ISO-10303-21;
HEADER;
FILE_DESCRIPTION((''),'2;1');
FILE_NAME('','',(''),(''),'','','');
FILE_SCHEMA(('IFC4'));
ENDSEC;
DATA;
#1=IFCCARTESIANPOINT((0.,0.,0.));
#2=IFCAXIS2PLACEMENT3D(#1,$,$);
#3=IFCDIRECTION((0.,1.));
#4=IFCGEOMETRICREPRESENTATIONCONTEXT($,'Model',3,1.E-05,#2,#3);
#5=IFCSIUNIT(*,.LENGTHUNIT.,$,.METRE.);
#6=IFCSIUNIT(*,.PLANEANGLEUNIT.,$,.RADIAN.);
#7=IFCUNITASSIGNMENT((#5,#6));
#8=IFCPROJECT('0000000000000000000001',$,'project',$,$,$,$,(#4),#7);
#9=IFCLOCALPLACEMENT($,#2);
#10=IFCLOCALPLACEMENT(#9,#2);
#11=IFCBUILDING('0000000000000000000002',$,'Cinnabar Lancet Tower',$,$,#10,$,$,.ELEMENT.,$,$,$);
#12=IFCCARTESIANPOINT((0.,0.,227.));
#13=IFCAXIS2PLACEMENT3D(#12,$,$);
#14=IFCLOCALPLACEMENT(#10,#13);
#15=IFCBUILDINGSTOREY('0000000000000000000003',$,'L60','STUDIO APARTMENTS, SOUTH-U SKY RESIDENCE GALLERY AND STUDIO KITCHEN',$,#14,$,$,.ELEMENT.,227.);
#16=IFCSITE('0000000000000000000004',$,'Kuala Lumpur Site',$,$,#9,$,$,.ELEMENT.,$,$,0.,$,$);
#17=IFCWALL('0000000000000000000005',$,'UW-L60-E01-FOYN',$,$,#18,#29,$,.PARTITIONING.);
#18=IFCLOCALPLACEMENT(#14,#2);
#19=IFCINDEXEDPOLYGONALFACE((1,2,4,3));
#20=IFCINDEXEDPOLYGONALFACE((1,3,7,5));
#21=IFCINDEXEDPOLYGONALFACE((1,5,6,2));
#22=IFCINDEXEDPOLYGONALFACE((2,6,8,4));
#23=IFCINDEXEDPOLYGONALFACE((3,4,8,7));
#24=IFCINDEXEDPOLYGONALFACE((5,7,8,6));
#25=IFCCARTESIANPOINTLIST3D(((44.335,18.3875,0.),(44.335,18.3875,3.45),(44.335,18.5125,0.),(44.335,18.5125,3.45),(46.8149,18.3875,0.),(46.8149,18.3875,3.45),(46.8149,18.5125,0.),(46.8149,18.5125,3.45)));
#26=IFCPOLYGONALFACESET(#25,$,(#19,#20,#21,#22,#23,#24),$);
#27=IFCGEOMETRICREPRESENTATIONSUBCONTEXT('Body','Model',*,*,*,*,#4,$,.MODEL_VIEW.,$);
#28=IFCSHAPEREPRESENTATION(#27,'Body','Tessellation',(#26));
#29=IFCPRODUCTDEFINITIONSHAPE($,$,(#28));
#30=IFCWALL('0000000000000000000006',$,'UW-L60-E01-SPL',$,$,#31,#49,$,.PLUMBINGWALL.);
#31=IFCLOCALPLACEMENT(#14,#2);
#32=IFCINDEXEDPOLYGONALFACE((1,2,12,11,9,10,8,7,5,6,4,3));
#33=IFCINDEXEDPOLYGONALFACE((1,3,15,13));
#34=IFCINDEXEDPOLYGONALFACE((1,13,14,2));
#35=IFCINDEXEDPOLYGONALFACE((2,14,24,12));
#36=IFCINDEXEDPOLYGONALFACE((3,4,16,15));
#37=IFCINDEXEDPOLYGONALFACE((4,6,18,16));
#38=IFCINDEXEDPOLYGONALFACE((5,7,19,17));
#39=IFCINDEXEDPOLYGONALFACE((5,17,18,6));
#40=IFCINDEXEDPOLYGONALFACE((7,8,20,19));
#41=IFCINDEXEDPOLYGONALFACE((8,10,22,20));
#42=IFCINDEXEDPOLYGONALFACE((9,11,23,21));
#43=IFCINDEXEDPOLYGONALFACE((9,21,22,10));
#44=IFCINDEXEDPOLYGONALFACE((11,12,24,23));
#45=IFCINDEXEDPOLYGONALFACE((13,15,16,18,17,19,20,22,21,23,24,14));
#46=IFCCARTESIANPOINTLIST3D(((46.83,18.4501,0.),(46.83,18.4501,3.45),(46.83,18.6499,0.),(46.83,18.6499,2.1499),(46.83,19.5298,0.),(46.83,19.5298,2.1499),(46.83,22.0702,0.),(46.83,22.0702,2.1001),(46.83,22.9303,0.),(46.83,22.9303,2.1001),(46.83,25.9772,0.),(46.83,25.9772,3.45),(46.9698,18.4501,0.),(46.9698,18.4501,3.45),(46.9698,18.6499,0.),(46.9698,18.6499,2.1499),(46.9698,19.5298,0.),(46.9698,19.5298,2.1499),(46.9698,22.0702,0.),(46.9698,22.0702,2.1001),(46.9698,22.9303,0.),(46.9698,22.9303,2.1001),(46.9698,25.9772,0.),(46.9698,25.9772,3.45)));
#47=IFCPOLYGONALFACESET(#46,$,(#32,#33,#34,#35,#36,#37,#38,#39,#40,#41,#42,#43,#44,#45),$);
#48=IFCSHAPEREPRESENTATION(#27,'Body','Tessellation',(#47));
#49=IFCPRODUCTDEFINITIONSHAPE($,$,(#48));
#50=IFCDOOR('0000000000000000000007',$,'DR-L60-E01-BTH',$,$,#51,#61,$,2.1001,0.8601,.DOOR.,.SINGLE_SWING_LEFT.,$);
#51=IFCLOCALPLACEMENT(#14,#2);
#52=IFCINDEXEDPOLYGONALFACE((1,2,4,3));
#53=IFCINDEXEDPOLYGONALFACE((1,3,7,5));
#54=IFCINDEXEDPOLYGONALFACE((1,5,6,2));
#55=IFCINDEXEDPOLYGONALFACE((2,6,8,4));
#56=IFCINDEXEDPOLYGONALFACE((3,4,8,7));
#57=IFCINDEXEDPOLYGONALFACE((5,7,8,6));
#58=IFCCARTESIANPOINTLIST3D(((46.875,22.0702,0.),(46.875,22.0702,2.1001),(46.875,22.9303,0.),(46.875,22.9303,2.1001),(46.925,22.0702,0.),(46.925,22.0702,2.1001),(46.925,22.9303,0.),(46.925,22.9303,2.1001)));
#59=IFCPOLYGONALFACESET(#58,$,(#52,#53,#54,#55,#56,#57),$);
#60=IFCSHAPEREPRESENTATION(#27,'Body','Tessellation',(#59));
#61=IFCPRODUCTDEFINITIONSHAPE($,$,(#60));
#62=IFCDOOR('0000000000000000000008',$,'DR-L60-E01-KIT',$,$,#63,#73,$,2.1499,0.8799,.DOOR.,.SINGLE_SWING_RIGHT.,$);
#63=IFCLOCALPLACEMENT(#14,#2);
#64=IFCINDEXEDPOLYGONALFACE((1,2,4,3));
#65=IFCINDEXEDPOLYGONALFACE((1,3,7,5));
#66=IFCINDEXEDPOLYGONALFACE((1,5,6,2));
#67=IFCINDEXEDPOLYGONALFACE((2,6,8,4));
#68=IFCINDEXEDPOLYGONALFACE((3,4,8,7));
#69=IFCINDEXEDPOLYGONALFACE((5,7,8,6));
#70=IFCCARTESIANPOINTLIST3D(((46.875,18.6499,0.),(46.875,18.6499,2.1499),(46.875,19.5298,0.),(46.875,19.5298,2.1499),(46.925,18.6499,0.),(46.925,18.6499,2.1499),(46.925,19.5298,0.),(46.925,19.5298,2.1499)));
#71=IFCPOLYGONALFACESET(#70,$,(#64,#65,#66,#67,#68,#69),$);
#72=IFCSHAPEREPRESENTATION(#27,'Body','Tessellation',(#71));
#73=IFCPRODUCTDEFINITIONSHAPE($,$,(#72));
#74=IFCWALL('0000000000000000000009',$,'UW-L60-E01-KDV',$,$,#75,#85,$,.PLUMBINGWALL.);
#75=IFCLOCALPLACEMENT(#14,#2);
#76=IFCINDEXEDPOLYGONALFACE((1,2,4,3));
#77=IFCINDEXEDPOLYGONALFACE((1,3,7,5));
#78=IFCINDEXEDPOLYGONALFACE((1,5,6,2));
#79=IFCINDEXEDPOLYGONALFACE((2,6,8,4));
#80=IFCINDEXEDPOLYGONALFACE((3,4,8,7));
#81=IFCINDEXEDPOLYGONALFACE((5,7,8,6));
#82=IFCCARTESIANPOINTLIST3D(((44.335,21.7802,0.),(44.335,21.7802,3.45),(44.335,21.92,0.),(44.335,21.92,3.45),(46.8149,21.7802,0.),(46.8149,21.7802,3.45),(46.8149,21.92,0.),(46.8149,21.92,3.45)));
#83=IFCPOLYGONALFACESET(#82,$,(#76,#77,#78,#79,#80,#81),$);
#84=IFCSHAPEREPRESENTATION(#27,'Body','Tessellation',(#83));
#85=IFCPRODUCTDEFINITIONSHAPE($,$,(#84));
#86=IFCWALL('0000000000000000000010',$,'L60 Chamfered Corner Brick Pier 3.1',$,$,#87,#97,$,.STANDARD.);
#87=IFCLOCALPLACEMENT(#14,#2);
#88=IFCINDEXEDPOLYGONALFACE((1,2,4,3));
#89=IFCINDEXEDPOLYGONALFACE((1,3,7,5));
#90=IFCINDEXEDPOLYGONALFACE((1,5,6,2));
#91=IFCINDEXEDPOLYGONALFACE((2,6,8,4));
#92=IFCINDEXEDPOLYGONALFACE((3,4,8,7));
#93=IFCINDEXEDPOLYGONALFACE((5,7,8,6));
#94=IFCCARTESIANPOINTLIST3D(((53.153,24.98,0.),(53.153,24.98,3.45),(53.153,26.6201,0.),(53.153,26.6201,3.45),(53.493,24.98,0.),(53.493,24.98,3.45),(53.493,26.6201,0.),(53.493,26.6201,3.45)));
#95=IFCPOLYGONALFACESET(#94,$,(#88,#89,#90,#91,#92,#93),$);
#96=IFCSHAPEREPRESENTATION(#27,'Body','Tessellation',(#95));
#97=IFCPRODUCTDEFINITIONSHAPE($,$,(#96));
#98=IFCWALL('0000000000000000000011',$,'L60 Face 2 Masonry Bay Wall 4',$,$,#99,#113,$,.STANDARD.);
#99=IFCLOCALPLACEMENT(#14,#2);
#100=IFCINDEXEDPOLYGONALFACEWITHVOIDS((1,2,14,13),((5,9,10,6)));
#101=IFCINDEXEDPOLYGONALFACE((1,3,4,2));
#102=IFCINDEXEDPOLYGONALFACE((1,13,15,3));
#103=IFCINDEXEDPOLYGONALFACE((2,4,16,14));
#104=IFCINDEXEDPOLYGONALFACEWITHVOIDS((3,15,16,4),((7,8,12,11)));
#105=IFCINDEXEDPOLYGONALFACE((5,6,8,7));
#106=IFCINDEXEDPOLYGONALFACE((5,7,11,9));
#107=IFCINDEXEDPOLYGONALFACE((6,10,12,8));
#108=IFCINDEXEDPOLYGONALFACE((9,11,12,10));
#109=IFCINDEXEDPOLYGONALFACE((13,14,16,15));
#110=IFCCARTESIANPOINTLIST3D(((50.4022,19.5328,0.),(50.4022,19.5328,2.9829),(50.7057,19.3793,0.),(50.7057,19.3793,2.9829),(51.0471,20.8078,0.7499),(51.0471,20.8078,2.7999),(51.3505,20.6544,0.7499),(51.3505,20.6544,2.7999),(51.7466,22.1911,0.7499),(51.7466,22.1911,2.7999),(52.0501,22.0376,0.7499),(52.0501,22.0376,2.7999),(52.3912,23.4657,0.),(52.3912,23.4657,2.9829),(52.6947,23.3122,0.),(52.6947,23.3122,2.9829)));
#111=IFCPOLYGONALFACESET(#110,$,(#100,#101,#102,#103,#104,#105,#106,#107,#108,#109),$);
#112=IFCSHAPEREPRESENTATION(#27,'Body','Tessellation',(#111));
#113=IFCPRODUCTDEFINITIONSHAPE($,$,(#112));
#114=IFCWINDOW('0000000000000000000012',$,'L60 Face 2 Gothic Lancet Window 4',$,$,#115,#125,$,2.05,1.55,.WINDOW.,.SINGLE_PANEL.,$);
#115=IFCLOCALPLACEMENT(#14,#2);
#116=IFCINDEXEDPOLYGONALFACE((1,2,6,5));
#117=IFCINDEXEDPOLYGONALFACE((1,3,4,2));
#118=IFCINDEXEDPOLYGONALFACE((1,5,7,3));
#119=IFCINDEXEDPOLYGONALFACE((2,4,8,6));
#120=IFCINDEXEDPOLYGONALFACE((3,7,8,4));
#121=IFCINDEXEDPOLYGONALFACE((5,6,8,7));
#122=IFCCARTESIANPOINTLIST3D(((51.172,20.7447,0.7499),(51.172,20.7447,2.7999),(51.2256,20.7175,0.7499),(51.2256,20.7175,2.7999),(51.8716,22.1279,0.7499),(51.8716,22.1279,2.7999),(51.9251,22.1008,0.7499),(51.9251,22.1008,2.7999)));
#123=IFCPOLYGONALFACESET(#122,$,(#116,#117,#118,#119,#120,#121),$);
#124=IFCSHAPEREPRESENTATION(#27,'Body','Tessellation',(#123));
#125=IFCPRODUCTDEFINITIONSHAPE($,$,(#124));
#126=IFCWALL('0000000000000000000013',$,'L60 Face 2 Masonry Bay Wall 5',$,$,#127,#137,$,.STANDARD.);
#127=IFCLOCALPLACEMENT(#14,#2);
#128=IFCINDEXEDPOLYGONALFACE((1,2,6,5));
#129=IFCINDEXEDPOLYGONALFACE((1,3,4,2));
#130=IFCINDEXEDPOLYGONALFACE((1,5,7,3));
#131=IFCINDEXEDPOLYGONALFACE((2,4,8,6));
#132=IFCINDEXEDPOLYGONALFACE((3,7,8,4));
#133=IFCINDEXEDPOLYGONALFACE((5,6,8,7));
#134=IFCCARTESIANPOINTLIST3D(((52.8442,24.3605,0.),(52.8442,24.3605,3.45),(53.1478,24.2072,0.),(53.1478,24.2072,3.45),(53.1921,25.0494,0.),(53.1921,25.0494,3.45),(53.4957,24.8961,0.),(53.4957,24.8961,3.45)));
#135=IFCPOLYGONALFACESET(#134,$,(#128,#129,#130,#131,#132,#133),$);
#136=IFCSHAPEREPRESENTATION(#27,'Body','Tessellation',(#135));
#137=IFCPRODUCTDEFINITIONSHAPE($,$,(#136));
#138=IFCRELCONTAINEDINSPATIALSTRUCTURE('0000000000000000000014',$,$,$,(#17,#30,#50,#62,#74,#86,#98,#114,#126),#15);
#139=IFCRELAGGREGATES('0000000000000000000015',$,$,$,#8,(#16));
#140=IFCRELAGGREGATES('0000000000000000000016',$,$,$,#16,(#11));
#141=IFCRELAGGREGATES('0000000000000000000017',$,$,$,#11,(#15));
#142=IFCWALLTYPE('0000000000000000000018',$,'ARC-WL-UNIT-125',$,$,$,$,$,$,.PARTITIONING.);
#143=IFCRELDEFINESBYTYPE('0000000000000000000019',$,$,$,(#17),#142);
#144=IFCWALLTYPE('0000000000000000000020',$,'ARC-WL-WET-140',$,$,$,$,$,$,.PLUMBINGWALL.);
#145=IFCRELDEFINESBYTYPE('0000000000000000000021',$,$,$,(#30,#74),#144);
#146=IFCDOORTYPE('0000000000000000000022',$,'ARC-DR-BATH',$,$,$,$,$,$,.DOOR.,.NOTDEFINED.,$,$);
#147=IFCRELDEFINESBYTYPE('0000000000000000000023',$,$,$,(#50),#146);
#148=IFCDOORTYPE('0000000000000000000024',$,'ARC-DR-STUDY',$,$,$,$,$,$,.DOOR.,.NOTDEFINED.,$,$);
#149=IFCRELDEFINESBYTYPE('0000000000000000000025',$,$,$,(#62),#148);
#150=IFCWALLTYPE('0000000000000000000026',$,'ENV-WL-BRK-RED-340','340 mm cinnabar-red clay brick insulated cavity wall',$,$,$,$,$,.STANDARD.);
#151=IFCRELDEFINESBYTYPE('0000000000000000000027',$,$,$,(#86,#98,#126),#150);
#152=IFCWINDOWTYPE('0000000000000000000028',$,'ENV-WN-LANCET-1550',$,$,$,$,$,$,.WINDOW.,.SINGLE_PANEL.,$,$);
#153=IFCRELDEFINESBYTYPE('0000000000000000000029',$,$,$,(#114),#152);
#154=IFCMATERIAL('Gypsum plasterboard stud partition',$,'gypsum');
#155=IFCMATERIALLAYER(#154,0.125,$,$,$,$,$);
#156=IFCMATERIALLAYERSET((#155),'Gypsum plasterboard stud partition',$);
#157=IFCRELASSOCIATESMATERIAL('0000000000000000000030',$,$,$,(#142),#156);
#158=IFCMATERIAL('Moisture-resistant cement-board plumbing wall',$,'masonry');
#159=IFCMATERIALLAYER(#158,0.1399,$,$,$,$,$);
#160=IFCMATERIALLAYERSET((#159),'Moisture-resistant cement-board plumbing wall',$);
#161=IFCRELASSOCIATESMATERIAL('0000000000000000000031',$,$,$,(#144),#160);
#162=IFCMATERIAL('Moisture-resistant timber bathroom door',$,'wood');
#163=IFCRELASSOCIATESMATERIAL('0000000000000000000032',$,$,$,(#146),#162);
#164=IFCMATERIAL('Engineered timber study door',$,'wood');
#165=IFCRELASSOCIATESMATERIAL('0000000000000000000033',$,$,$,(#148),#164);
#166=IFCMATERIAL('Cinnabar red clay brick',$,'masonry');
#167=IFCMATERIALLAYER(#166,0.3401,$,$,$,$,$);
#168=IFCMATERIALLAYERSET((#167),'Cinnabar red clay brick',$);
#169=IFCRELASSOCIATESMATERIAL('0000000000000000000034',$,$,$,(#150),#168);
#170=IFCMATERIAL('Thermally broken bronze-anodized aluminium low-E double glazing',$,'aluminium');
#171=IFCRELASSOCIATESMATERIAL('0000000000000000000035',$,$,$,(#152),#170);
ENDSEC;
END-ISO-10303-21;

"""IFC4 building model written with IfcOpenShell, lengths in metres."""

from ifc_helpers import new_model, si_unit, direction, frame, frame_2d, origin, place, context, subcontext, project, spatial, rectangle, extrude, material, layer, layer_set, type_object, element, fill, save


model = new_model("IFC4")

# Units and contexts
model_context = context("Model", 3, precision=1e-05, world=origin(), true_north=direction((0.0, 1.0)))
body_context = subcontext(model_context, "Body", "Model", "MODEL_VIEW")
ifc_project = project(units=[si_unit("LENGTHUNIT", "METRE"), si_unit("PLANEANGLEUNIT", "RADIAN")], contexts=[model_context])

# Site, building, storey
site_placement = place(None, origin())
site = spatial("IfcSite", under=ifc_project, at=site_placement, Name="Kuala Lumpur Site", CompositionType="ELEMENT", RefElevation=0.0)
building_placement = place(site_placement, origin())
building = spatial("IfcBuilding", under=site, at=building_placement, Name="Cinnabar Lancet Tower", CompositionType="ELEMENT")
storey_placement = place(building_placement, frame((0.0, 0.0, 227.0)))
storey = spatial("IfcBuildingStorey", under=building, at=storey_placement, Name="L60", Description="STUDIO APARTMENTS, SOUTH-U SKY RESIDENCE GALLERY AND STUDIO KITCHEN", CompositionType="ELEMENT", Elevation=227.0)

# Wall
ifc_material_1 = material(Name="Gypsum plasterboard stud partition", Category="gypsum")
ifc_layer_1 = layer(ifc_material_1, 0.125)
ifc_layer_set_1 = layer_set([ifc_layer_1], Name="Gypsum plasterboard stud partition")
wall_type_1 = type_object("IfcWallType", Name="ARC-WL-UNIT-125", PredefinedType="PARTITIONING", material=ifc_layer_set_1)
wall_1_placement = place(storey_placement, frame((44.335, 18.45, 0.0), z_axis=(0.0, 0.0, 1.0), x_axis=(1.0, 0.0, 0.0)))
element("IfcWall", 1, at=wall_1_placement, inside=storey, type_object=wall_type_1, Name="UW-L60-E01-FOYN", PredefinedType="PARTITIONING", context=body_context, shape_type="SweptSolid", body=[
    extrude(rectangle(XDim=2.48, YDim=0.125, at=frame_2d((1.24, 0.0))), origin(), (0.0, 0.0, 1.0), 3.45),
])

# Wall, openings, doors
ifc_material_2 = material(Name="Moisture-resistant cement-board plumbing wall", Category="masonry")
ifc_layer_2 = layer(ifc_material_2, 0.1399)
ifc_layer_set_2 = layer_set([ifc_layer_2], Name="Moisture-resistant cement-board plumbing wall")
wall_type_2 = type_object("IfcWallType", Name="ARC-WL-WET-140", PredefinedType="PLUMBINGWALL", material=ifc_layer_set_2)
wall_2_placement = place(storey_placement, frame((46.8999, 18.45, 0.0), z_axis=(0.0, 0.0, 1.0), x_axis=(0.0, 1.0, 0.0)))
wall_2 = element("IfcWall", 2, at=wall_2_placement, inside=storey, type_object=wall_type_2, Name="UW-L60-E01-SPL", PredefinedType="PLUMBINGWALL", context=body_context, shape_type="SweptSolid", body=[
    extrude(rectangle(XDim=7.5271, YDim=0.1399, at=frame_2d((3.7637, 0.0))), origin(), (0.0, 0.0, 1.0), 3.45),
])
opening_1_placement = place(wall_2_placement, frame((3.6201, 0.0, 0.0)))
opening_1 = element("IfcOpeningElement", 3, at=opening_1_placement, cuts=wall_2, PredefinedType="OPENING", context=body_context, shape_type="SweptSolid", body=[
    extrude(rectangle(XDim=0.8601, YDim=2.1001, at=frame_2d((0.4302, 1.05))), frame((0.0, 0.0798, 0.0), z_axis=(0.0, -1.0, 0.0), x_axis=(1.0, 0.0, 0.0)), (0.0, 0.0, 1.0), 0.1599),
])
opening_2_placement = place(wall_2_placement, frame((0.2, 0.0, 0.0)))
opening_2 = element("IfcOpeningElement", 4, at=opening_2_placement, cuts=wall_2, PredefinedType="OPENING", context=body_context, shape_type="SweptSolid", body=[
    extrude(rectangle(XDim=0.8799, YDim=2.1499, at=frame_2d((0.4399, 1.075))), frame((0.0, 0.0798, 0.0), z_axis=(0.0, -1.0, 0.0), x_axis=(1.0, 0.0, 0.0)), (0.0, 0.0, 1.0), 0.1599),
])
ifc_material_3 = material(Name="Moisture-resistant timber bathroom door", Category="wood")
door_type_1 = type_object("IfcDoorType", Name="ARC-DR-BATH", OperationType="NOTDEFINED", PredefinedType="DOOR", material=ifc_material_3)
door_1_placement = place(opening_1_placement, origin())
door_1 = element("IfcDoor", 5, at=door_1_placement, inside=storey, type_object=door_type_1, Name="DR-L60-E01-BTH", OperationType="SINGLE_SWING_LEFT", OverallHeight=2.1001, OverallWidth=0.8601, PredefinedType="DOOR", context=body_context, shape_type="SweptSolid", body=[
    extrude(rectangle(XDim=0.8601, YDim=2.1001, at=frame_2d((0.4302, 1.05))), frame((0.0, 0.0249, 0.0), z_axis=(0.0, -1.0, 0.0), x_axis=(1.0, 0.0, 0.0)), (0.0, 0.0, 1.0), 0.05),
])
fill(opening_1, door_1)
ifc_material_4 = material(Name="Engineered timber study door", Category="wood")
door_type_2 = type_object("IfcDoorType", Name="ARC-DR-STUDY", OperationType="NOTDEFINED", PredefinedType="DOOR", material=ifc_material_4)
door_2_placement = place(opening_2_placement, origin())
door_2 = element("IfcDoor", 6, at=door_2_placement, inside=storey, type_object=door_type_2, Name="DR-L60-E01-KIT", OperationType="SINGLE_SWING_RIGHT", OverallHeight=2.1499, OverallWidth=0.8799, PredefinedType="DOOR", context=body_context, shape_type="SweptSolid", body=[
    extrude(rectangle(XDim=0.8799, YDim=2.1499, at=frame_2d((0.4399, 1.075))), frame((0.0, 0.0249, 0.0), z_axis=(0.0, -1.0, 0.0), x_axis=(1.0, 0.0, 0.0)), (0.0, 0.0, 1.0), 0.05),
])
fill(opening_2, door_2)

# Walls
wall_3_placement = place(storey_placement, frame((44.335, 21.8501, 0.0), z_axis=(0.0, 0.0, 1.0), x_axis=(1.0, 0.0, 0.0)))
element("IfcWall", 7, at=wall_3_placement, inside=storey, type_object=wall_type_2, Name="UW-L60-E01-KDV", PredefinedType="PLUMBINGWALL", context=body_context, shape_type="SweptSolid", body=[
    extrude(rectangle(XDim=2.48, YDim=0.1399, at=frame_2d((1.24, 0.0))), origin(), (0.0, 0.0, 1.0), 3.45),
])
ifc_material_5 = material(Name="Cinnabar red clay brick", Category="masonry")
ifc_layer_3 = layer(ifc_material_5, 0.3401)
ifc_layer_set_3 = layer_set([ifc_layer_3], Name="Cinnabar red clay brick")
wall_type_3 = type_object("IfcWallType", Name="ENV-WL-BRK-RED-340", Description="340 mm cinnabar-red clay brick insulated cavity wall", PredefinedType="STANDARD", material=ifc_layer_set_3)
wall_4_placement = place(storey_placement, frame((53.323, 24.98, 0.0), z_axis=(0.0, 0.0, 1.0), x_axis=(0.0, 1.0, 0.0)))
element("IfcWall", 8, at=wall_4_placement, inside=storey, type_object=wall_type_3, Name="L60 Chamfered Corner Brick Pier 3.1", PredefinedType="STANDARD", context=body_context, shape_type="SweptSolid", body=[
    extrude(rectangle(XDim=1.6401, YDim=0.3401, at=frame_2d((0.8201, 0.0))), origin(), (0.0, 0.0, 1.0), 3.45),
])

# Wall, opening, window
wall_5_placement = place(storey_placement, frame((50.554, 19.4561, 0.0), z_axis=(0.0, 0.0, 1.0), x_axis=(0.451308, 0.892368, 0.0)))
wall_5 = element("IfcWall", 9, at=wall_5_placement, inside=storey, type_object=wall_type_3, Name="L60 Face 2 Masonry Bay Wall 4", PredefinedType="STANDARD", context=body_context, shape_type="SweptSolid", body=[
    extrude(rectangle(XDim=4.4072, YDim=0.3401, at=frame_2d((2.2036, 0.0))), origin(), (0.0, 0.0, 1.0), 2.9829),
])
opening_3_placement = place(wall_5_placement, frame((1.429, 0.0, 0.75)))
opening_3 = element("IfcOpeningElement", 10, at=opening_3_placement, cuts=wall_5, PredefinedType="OPENING", context=body_context, shape_type="SweptSolid", body=[
    extrude(rectangle(XDim=1.55, YDim=2.05, at=frame_2d((0.7749, 1.0249))), frame((0.0, 0.1799, 0.0), z_axis=(0.0, -1.0, 0.0), x_axis=(1.0, 0.0, 0.0)), (0.0, 0.0, 1.0), 0.3601),
])
ifc_material_6 = material(Name="Thermally broken bronze-anodized aluminium low-E double glazing", Category="aluminium")
window_type = type_object("IfcWindowType", Name="ENV-WN-LANCET-1550", PartitioningType="SINGLE_PANEL", PredefinedType="WINDOW", material=ifc_material_6)
window_placement = place(opening_3_placement, origin())
window = element("IfcWindow", 11, at=window_placement, inside=storey, type_object=window_type, Name="L60 Face 2 Gothic Lancet Window 4", OverallHeight=2.05, OverallWidth=1.55, PartitioningType="SINGLE_PANEL", PredefinedType="WINDOW", context=body_context, shape_type="SweptSolid", body=[
    extrude(rectangle(XDim=1.55, YDim=2.05, at=frame_2d((0.7749, 1.0249))), frame((0.0, 0.03, 0.0), z_axis=(0.0, -1.0, 0.0), x_axis=(1.0, 0.0, 0.0)), (0.0, 0.0, 1.0), 0.0601),
])
fill(opening_3, window)

# Wall
wall_6_placement = place(storey_placement, frame((52.9961, 24.2839, 0.0), z_axis=(0.0, 0.0, 1.0), x_axis=(0.450753, 0.892649, 0.0)))
element("IfcWall", 12, at=wall_6_placement, inside=storey, type_object=wall_type_3, Name="L60 Face 2 Masonry Bay Wall 5", PredefinedType="STANDARD", context=body_context, shape_type="SweptSolid", body=[
    extrude(rectangle(XDim=0.7717, YDim=0.3401, at=frame_2d((0.3857, 0.0))), origin(), (0.0, 0.0, 1.0), 3.45),
])

save(model, "model.ifc")
